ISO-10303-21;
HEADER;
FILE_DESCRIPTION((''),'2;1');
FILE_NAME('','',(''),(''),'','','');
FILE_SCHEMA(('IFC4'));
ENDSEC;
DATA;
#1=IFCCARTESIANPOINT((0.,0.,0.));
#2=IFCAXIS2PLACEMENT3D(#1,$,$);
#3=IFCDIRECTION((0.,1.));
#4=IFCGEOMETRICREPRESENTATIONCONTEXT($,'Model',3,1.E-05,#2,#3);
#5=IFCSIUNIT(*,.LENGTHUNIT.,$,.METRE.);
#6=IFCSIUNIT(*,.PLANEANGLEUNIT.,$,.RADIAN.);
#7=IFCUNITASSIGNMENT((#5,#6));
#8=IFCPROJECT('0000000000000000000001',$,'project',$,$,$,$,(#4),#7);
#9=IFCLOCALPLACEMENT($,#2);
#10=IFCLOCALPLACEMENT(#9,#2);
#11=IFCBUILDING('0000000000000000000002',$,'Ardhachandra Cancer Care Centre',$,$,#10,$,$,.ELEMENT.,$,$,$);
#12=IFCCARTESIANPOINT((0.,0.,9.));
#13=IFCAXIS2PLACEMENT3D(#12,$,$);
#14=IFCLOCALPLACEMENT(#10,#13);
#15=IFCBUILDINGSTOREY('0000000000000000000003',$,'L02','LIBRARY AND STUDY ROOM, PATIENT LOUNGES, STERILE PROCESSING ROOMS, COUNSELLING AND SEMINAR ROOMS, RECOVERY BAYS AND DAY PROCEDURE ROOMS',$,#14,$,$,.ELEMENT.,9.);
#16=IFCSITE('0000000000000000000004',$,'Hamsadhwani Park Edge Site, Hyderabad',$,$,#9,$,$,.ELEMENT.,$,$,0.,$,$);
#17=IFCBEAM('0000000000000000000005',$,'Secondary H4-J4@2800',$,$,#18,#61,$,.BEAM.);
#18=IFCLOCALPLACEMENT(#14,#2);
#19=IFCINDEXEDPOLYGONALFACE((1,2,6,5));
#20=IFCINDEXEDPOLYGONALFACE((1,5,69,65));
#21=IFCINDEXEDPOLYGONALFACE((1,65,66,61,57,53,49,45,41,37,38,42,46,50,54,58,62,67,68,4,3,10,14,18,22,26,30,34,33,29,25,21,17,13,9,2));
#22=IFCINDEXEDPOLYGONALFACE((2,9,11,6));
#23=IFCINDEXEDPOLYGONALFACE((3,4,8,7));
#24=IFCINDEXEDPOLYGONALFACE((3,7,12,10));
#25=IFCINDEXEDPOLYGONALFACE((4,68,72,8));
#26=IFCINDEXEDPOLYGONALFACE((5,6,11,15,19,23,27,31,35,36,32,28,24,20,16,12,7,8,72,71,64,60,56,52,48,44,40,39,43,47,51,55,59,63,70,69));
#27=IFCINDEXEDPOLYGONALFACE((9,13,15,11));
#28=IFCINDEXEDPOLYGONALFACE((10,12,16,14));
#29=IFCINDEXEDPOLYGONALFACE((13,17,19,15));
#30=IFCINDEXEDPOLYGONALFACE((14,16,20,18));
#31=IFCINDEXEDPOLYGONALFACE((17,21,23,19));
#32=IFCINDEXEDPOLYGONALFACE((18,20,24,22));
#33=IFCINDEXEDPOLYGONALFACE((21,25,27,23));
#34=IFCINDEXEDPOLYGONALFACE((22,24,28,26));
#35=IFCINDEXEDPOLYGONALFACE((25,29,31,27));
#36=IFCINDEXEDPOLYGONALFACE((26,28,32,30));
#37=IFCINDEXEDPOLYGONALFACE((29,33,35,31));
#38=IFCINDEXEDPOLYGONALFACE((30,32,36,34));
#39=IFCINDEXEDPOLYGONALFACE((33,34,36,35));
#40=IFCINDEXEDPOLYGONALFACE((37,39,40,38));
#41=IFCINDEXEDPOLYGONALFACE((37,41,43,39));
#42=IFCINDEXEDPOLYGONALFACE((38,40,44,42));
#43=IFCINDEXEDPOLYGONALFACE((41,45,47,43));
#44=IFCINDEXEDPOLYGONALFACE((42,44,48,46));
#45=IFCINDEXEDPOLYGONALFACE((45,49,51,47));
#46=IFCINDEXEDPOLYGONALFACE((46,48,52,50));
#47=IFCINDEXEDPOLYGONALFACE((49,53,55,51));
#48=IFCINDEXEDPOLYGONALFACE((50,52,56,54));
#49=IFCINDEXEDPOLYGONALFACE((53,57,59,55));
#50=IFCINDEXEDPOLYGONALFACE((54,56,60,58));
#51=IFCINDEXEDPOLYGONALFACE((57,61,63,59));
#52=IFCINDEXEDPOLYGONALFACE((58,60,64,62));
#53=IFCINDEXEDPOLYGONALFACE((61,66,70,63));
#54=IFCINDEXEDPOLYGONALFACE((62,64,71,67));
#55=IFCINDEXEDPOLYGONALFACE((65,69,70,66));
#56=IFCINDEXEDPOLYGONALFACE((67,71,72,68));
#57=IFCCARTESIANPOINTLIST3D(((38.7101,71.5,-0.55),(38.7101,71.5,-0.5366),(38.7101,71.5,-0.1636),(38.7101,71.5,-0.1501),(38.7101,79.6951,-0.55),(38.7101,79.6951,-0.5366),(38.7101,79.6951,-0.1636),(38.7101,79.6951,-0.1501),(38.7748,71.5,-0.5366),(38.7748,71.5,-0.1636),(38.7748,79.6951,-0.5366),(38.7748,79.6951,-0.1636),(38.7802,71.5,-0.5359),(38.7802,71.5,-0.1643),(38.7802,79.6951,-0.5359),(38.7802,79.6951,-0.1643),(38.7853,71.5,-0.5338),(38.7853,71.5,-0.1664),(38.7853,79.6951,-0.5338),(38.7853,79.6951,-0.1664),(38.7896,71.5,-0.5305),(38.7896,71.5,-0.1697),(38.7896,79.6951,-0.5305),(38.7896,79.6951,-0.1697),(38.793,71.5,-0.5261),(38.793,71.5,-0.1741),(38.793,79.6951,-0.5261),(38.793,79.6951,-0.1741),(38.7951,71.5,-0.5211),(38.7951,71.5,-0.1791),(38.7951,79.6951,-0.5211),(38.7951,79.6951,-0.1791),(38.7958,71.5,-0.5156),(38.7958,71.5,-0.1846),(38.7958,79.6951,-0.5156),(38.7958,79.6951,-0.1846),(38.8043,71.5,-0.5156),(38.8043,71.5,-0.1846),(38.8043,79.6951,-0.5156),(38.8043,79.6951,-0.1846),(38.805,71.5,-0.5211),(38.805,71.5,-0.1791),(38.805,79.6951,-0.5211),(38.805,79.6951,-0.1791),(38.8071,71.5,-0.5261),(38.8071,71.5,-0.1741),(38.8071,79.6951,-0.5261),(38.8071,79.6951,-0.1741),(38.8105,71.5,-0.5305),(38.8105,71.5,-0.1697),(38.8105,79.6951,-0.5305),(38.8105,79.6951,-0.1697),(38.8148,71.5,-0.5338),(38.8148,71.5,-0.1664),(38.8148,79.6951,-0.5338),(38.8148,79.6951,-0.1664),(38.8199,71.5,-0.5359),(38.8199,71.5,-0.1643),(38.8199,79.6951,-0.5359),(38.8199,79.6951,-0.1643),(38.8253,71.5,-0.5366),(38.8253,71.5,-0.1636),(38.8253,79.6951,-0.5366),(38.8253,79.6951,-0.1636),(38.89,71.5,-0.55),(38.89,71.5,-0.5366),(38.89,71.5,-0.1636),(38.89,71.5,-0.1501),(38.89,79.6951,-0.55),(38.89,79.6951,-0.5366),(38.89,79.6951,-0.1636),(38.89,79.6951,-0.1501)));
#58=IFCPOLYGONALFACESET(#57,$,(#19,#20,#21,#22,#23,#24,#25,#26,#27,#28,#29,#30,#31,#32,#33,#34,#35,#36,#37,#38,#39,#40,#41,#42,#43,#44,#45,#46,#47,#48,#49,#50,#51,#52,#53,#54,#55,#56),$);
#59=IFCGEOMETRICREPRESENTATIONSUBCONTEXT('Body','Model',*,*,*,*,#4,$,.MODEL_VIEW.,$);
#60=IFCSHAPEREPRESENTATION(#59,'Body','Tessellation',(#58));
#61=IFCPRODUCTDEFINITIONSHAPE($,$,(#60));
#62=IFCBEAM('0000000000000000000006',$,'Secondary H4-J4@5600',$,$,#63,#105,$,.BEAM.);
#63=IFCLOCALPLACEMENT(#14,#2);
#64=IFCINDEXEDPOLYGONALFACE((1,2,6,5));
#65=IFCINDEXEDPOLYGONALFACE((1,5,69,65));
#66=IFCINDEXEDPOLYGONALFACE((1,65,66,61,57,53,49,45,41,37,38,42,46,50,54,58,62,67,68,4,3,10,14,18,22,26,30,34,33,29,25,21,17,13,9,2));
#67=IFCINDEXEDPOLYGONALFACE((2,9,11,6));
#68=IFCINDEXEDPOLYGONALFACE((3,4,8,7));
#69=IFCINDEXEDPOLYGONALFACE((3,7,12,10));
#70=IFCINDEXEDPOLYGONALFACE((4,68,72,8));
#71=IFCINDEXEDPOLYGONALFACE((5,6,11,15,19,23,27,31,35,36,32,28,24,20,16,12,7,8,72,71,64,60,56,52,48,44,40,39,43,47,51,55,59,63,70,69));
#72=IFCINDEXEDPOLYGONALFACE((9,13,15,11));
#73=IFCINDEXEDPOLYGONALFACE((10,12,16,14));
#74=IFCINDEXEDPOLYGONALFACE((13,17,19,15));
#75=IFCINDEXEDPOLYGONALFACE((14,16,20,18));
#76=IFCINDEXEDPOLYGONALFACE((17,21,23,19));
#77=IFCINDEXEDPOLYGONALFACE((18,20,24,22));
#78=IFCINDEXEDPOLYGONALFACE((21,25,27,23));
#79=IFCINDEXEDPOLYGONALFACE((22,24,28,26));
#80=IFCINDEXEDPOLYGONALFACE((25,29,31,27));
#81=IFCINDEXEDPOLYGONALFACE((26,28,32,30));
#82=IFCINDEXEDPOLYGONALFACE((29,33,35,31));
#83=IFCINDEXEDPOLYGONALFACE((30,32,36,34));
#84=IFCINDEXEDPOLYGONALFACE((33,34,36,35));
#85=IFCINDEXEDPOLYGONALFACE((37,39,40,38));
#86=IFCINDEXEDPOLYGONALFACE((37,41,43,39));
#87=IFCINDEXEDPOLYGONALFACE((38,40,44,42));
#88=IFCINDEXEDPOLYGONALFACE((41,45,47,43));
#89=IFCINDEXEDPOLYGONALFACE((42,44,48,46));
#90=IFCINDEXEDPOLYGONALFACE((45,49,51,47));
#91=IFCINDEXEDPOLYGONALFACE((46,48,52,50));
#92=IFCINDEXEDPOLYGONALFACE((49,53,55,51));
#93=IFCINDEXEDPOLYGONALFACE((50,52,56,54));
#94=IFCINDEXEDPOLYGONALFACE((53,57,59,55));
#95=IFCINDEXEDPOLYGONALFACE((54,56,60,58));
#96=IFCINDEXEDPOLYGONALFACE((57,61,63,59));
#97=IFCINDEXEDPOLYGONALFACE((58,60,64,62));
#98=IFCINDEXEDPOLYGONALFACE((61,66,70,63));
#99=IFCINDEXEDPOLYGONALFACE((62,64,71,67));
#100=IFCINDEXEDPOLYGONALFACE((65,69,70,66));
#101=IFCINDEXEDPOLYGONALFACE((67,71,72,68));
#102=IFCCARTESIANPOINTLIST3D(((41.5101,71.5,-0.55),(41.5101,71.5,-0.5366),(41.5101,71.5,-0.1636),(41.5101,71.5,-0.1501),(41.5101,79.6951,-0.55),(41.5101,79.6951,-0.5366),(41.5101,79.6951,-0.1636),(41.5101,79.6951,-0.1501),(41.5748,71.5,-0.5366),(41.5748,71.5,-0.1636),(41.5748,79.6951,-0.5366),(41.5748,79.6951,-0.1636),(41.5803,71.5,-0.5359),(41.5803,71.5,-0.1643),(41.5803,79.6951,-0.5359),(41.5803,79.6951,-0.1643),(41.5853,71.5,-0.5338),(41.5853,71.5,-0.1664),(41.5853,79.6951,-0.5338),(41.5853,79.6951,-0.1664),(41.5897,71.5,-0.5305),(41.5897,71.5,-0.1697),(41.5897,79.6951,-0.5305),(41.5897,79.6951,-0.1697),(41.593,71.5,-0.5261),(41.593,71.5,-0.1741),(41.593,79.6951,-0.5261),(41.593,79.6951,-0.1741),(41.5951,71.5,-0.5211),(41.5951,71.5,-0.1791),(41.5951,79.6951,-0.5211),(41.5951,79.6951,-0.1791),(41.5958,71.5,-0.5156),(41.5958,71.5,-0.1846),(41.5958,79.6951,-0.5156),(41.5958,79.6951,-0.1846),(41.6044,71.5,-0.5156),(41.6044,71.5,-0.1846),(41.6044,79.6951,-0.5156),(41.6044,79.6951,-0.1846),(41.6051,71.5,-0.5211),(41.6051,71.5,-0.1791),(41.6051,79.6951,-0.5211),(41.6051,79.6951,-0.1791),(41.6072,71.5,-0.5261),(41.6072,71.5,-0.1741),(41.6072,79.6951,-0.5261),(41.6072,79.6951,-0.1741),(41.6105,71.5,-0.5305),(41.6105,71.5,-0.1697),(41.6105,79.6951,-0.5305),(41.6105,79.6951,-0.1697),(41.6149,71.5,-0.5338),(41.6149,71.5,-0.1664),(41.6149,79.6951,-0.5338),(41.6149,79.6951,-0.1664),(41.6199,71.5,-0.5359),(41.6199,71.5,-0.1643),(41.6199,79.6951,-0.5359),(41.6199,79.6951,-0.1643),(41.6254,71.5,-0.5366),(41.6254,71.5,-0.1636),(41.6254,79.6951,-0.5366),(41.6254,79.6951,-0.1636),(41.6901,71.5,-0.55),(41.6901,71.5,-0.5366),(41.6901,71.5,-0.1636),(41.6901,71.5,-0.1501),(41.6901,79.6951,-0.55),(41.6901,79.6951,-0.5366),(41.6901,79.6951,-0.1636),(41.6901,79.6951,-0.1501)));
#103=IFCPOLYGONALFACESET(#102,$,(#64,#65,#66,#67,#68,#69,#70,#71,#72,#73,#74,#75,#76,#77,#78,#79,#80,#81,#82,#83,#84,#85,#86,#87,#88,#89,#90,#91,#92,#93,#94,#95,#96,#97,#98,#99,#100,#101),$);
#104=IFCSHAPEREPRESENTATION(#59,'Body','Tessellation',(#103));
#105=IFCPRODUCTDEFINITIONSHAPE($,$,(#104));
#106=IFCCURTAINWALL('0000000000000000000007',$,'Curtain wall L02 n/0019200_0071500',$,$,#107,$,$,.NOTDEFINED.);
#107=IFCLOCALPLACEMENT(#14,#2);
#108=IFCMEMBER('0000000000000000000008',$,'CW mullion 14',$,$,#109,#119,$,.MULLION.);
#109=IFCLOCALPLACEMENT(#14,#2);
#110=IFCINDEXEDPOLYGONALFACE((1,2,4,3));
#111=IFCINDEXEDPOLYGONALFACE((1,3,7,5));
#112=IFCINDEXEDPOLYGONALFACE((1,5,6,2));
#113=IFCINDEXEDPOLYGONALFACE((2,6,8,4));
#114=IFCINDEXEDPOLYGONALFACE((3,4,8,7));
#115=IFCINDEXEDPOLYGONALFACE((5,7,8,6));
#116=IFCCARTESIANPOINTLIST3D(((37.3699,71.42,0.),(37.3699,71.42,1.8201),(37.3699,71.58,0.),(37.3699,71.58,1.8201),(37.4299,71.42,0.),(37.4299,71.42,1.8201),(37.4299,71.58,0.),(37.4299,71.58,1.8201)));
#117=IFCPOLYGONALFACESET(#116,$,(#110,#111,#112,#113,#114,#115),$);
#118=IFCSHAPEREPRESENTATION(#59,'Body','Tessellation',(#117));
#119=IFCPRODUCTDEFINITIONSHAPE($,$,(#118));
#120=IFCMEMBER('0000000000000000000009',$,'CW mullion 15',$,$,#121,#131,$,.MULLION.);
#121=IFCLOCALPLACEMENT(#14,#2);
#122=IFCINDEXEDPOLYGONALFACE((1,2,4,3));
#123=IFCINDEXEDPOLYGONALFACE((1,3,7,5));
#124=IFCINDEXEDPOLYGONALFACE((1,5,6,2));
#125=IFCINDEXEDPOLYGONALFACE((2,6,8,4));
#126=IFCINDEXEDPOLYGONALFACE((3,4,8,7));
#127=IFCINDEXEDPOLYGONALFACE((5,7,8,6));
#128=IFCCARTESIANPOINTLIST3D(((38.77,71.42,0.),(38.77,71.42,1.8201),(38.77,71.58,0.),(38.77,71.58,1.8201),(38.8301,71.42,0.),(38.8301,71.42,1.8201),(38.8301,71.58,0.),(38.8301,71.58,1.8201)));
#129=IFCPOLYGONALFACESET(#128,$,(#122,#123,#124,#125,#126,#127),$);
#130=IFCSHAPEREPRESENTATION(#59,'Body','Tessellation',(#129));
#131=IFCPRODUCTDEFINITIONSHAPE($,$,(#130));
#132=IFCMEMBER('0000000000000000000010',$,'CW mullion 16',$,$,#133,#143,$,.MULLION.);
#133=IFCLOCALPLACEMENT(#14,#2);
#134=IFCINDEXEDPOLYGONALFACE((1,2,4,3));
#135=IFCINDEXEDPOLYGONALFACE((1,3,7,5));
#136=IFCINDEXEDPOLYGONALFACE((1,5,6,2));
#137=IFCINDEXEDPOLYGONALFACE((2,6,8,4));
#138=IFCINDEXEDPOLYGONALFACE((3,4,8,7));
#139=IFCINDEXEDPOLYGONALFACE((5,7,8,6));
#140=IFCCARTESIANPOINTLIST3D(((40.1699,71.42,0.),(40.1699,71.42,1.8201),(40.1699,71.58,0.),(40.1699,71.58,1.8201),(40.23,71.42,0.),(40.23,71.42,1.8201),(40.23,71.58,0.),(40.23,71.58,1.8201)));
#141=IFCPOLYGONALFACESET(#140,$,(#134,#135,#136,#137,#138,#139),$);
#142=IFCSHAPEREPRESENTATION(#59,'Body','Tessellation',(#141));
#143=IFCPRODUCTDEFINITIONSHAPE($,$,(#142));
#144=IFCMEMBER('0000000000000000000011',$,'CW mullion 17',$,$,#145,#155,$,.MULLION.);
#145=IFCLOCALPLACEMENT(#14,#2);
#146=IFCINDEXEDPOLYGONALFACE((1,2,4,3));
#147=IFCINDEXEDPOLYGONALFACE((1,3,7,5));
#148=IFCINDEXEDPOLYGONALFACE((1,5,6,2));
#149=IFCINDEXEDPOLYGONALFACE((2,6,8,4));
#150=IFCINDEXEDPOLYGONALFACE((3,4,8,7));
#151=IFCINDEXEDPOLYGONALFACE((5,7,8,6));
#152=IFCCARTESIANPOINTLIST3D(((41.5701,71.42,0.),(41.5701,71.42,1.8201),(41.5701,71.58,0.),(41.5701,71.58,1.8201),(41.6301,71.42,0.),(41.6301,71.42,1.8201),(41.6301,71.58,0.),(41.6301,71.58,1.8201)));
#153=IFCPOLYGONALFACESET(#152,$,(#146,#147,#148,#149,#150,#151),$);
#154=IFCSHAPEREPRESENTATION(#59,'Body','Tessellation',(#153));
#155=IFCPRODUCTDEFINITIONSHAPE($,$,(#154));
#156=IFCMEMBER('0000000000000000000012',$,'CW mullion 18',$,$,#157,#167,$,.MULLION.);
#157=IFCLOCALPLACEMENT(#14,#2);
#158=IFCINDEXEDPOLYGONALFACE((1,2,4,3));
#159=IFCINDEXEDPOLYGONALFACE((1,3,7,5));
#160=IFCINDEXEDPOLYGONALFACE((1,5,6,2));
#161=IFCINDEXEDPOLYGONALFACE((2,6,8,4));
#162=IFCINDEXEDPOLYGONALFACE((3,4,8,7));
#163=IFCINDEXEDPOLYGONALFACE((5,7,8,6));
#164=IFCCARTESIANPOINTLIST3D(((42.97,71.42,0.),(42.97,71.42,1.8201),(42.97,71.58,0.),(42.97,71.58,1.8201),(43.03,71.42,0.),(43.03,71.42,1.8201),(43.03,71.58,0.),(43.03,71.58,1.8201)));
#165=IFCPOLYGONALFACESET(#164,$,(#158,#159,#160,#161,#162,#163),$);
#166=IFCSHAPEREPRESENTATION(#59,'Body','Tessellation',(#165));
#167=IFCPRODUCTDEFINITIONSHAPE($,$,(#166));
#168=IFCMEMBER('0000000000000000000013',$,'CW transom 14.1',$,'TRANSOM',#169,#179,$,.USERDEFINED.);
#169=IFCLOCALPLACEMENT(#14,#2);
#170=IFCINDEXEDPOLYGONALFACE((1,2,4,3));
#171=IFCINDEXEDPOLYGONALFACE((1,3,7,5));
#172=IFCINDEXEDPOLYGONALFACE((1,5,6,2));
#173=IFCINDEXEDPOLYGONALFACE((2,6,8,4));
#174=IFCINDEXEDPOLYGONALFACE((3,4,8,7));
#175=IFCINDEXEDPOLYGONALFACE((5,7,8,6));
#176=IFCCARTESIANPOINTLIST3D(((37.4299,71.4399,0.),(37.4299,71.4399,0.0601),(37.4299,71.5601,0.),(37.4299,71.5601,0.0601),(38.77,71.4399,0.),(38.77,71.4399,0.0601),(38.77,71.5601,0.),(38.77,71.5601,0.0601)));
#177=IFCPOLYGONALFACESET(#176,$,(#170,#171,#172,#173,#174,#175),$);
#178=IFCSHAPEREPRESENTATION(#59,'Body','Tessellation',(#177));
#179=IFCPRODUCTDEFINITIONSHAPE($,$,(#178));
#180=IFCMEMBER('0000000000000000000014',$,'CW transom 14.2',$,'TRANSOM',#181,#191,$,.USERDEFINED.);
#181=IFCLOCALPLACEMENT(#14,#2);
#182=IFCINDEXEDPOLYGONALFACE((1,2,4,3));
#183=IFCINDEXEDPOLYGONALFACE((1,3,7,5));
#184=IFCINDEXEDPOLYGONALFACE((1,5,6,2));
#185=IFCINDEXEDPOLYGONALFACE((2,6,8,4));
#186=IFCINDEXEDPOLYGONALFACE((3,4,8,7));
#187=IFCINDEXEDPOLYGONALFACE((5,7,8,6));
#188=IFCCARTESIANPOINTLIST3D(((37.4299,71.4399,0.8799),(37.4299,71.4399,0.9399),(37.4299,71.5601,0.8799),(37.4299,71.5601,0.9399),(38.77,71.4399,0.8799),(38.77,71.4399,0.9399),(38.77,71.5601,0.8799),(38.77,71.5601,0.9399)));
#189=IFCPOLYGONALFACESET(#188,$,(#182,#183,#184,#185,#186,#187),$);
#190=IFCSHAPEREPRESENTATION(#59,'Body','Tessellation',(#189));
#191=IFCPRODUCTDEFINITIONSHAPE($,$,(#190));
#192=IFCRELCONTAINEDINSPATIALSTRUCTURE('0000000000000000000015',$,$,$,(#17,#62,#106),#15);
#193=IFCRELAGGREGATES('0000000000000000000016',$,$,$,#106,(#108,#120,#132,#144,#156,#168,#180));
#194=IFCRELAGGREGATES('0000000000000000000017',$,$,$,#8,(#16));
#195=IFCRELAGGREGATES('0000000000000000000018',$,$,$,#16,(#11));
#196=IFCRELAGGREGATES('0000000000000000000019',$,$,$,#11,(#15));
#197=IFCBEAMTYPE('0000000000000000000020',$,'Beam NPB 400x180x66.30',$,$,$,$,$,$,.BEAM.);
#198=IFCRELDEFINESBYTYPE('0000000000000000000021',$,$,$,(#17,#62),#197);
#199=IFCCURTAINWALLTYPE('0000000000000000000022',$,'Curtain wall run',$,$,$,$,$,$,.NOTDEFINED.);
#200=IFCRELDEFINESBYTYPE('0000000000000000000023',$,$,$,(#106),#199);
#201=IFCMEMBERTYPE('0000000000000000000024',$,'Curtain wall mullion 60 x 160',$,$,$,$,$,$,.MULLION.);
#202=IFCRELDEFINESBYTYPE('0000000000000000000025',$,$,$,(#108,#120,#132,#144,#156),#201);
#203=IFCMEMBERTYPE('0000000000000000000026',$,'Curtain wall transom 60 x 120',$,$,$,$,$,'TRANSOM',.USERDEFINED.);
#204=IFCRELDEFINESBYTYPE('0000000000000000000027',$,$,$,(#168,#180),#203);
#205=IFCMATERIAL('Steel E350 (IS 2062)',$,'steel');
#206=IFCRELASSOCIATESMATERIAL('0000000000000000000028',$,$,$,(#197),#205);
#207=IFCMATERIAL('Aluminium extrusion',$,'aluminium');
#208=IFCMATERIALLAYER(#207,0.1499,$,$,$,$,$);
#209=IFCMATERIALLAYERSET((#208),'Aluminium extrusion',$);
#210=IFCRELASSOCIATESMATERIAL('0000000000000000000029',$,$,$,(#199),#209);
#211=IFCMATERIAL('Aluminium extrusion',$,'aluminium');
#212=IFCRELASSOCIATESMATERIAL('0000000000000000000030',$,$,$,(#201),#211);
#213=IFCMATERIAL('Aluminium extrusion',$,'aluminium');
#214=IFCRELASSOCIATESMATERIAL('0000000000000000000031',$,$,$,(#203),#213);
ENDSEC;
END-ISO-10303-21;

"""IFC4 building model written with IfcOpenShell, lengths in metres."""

from ifc_helpers import new_model, si_unit, direction, frame, origin, origin_2d, place, context, subcontext, project, spatial, rectangle, i_section, extrude, material, layer, layer_set, material_profile, profile_set, type_object, element, aggregate, save


model = new_model("IFC4")

# Units and contexts
model_context = context("Model", 3, precision=1e-05, world=origin(), true_north=direction((0.0, 1.0)))
body_context = subcontext(model_context, "Body", "Model", "MODEL_VIEW")
ifc_project = project(units=[si_unit("LENGTHUNIT", "METRE"), si_unit("PLANEANGLEUNIT", "RADIAN")], contexts=[model_context])

# Site, building, storey
site_placement = place(None, origin())
site = spatial("IfcSite", under=ifc_project, at=site_placement, Name="Hamsadhwani Park Edge Site, Hyderabad", CompositionType="ELEMENT", RefElevation=0.0)
building_placement = place(site_placement, origin())
building = spatial("IfcBuilding", under=site, at=building_placement, Name="Ardhachandra Cancer Care Centre", CompositionType="ELEMENT")
storey_placement = place(building_placement, frame((0.0, 0.0, 9.0)))
storey = spatial("IfcBuildingStorey", under=building, at=storey_placement, Name="L02", Description="LIBRARY AND STUDY ROOM, PATIENT LOUNGES, STERILE PROCESSING ROOMS, COUNSELLING AND SEMINAR ROOMS, RECOVERY BAYS AND DAY PROCEDURE ROOMS", CompositionType="ELEMENT", Elevation=9.0)

# Beams
ifc_material_1 = material(Name="Steel E350 (IS 2062)", Category="steel")
ifc_material_profile_1 = material_profile(ifc_material_1, i_section(OverallWidth=0.1799, OverallDepth=0.3999, WebThickness=0.0085, FlangeThickness=0.0134, FilletRadius=0.021, at=origin_2d()), Name="NPB 400x180x66.30")
ifc_profile_set_1 = profile_set([ifc_material_profile_1], Name="Steel E350 (IS 2062)")
beam_type = type_object("IfcBeamType", Name="Beam NPB 400x180x66.30", PredefinedType="BEAM", material=ifc_profile_set_1)
for number, where, z_axis, x_axis, name in (
    (1, (38.8, 71.5, -0.3501), (0.0, 1.0, 0.0), (-1.0, 0.0, 0.0), "Secondary H4-J4@2800"),
    (2, (41.6001, 71.5, -0.3501), (0.0, 1.0, 0.0), (-1.0, 0.0, 0.0), "Secondary H4-J4@5600"),
):
    element("IfcBeam", number, at=place(storey_placement, frame(where, z_axis=z_axis, x_axis=x_axis)), inside=storey, type_object=beam_type, Name=name, PredefinedType="BEAM", context=body_context, shape_type="SweptSolid", body=[
        extrude(i_section(OverallWidth=0.1799, OverallDepth=0.3999, WebThickness=0.0085, FlangeThickness=0.0134, FilletRadius=0.021, at=origin_2d()), origin(), (0.0, 0.0, 1.0), 8.1951),
    ])

# Curtain wall, members
ifc_material_2 = material(Name="Aluminium extrusion", Category="aluminium")
ifc_layer_1 = layer(ifc_material_2, 0.1499)
ifc_layer_set_1 = layer_set([ifc_layer_1], Name="Aluminium extrusion")
curtain_wall_type = type_object("IfcCurtainWallType", Name="Curtain wall run", PredefinedType="NOTDEFINED", material=ifc_layer_set_1)
curtain_wall_placement = place(storey_placement, origin())
curtain_wall = element("IfcCurtainWall", 3, at=curtain_wall_placement, inside=storey, type_object=curtain_wall_type, Name="Curtain wall L02 n/0019200_0071500", PredefinedType="NOTDEFINED")
ifc_material_3 = material(Name="Aluminium extrusion", Category="aluminium")
ifc_material_profile_2 = material_profile(ifc_material_3, rectangle(XDim=0.1599, YDim=0.0601, at=origin_2d()), Name="Curtain wall mullion 60 x 160")
ifc_profile_set_2 = profile_set([ifc_material_profile_2], Name="Aluminium extrusion")
member_type_1 = type_object("IfcMemberType", Name="Curtain wall mullion 60 x 160", PredefinedType="MULLION", material=ifc_profile_set_2)
member_1_placement = place(storey_placement, frame((37.3999, 71.5, 0.0), z_axis=(0.0, 0.0, 1.0), x_axis=(0.0, 1.0, 0.0)))
member_1 = element("IfcMember", 4, at=member_1_placement, type_object=member_type_1, Name="CW mullion 14", PredefinedType="MULLION", context=body_context, shape_type="SweptSolid", body=[
    extrude(rectangle(XDim=0.1599, YDim=0.0601, at=origin_2d()), origin(), (0.0, 0.0, 1.0), 1.8201),
])
member_2_placement = place(storey_placement, frame((38.8, 71.5, 0.0), z_axis=(0.0, 0.0, 1.0), x_axis=(0.0, 1.0, 0.0)))
member_2 = element("IfcMember", 5, at=member_2_placement, type_object=member_type_1, Name="CW mullion 15", PredefinedType="MULLION", context=body_context, shape_type="SweptSolid", body=[
    extrude(rectangle(XDim=0.1599, YDim=0.0601, at=origin_2d()), origin(), (0.0, 0.0, 1.0), 1.8201),
])
member_3_placement = place(storey_placement, frame((40.2, 71.5, 0.0), z_axis=(0.0, 0.0, 1.0), x_axis=(0.0, 1.0, 0.0)))
member_3 = element("IfcMember", 6, at=member_3_placement, type_object=member_type_1, Name="CW mullion 16", PredefinedType="MULLION", context=body_context, shape_type="SweptSolid", body=[
    extrude(rectangle(XDim=0.1599, YDim=0.0601, at=origin_2d()), origin(), (0.0, 0.0, 1.0), 1.8201),
])
member_4_placement = place(storey_placement, frame((41.6001, 71.5, 0.0), z_axis=(0.0, 0.0, 1.0), x_axis=(0.0, 1.0, 0.0)))
member_4 = element("IfcMember", 7, at=member_4_placement, type_object=member_type_1, Name="CW mullion 17", PredefinedType="MULLION", context=body_context, shape_type="SweptSolid", body=[
    extrude(rectangle(XDim=0.1599, YDim=0.0601, at=origin_2d()), origin(), (0.0, 0.0, 1.0), 1.8201),
])
member_5_placement = place(storey_placement, frame((43.0, 71.5, 0.0), z_axis=(0.0, 0.0, 1.0), x_axis=(0.0, 1.0, 0.0)))
member_5 = element("IfcMember", 8, at=member_5_placement, type_object=member_type_1, Name="CW mullion 18", PredefinedType="MULLION", context=body_context, shape_type="SweptSolid", body=[
    extrude(rectangle(XDim=0.1599, YDim=0.0601, at=origin_2d()), origin(), (0.0, 0.0, 1.0), 1.8201),
])
ifc_material_4 = material(Name="Aluminium extrusion", Category="aluminium")
ifc_material_profile_3 = material_profile(ifc_material_4, rectangle(XDim=0.1201, YDim=0.0601, at=origin_2d()), Name="Curtain wall transom 60 x 120")
ifc_profile_set_3 = profile_set([ifc_material_profile_3], Name="Aluminium extrusion")
member_type_2 = type_object("IfcMemberType", Name="Curtain wall transom 60 x 120", ElementType="TRANSOM", PredefinedType="USERDEFINED", material=ifc_profile_set_3)
member_6_placement = place(storey_placement, frame((37.4299, 71.5, 0.03), z_axis=(1.0, 0.0, 0.0), x_axis=(0.0, 1.0, 0.0)))
member_6 = element("IfcMember", 9, at=member_6_placement, type_object=member_type_2, Name="CW transom 14.1", ObjectType="TRANSOM", PredefinedType="USERDEFINED", context=body_context, shape_type="SweptSolid", body=[
    extrude(rectangle(XDim=0.1201, YDim=0.0601, at=origin_2d()), origin(), (0.0, 0.0, 1.0), 1.3401),
])
member_7_placement = place(storey_placement, frame((37.4299, 71.5, 0.9099), z_axis=(1.0, 0.0, 0.0), x_axis=(0.0, 1.0, 0.0)))
member_7 = element("IfcMember", 10, at=member_7_placement, type_object=member_type_2, Name="CW transom 14.2", ObjectType="TRANSOM", PredefinedType="USERDEFINED", context=body_context, shape_type="SweptSolid", body=[
    extrude(rectangle(XDim=0.1201, YDim=0.0601, at=origin_2d()), origin(), (0.0, 0.0, 1.0), 1.3401),
])
aggregate(curtain_wall, [member_1, member_2, member_3, member_4, member_5, member_6, member_7])

save(model, "model.ifc")
